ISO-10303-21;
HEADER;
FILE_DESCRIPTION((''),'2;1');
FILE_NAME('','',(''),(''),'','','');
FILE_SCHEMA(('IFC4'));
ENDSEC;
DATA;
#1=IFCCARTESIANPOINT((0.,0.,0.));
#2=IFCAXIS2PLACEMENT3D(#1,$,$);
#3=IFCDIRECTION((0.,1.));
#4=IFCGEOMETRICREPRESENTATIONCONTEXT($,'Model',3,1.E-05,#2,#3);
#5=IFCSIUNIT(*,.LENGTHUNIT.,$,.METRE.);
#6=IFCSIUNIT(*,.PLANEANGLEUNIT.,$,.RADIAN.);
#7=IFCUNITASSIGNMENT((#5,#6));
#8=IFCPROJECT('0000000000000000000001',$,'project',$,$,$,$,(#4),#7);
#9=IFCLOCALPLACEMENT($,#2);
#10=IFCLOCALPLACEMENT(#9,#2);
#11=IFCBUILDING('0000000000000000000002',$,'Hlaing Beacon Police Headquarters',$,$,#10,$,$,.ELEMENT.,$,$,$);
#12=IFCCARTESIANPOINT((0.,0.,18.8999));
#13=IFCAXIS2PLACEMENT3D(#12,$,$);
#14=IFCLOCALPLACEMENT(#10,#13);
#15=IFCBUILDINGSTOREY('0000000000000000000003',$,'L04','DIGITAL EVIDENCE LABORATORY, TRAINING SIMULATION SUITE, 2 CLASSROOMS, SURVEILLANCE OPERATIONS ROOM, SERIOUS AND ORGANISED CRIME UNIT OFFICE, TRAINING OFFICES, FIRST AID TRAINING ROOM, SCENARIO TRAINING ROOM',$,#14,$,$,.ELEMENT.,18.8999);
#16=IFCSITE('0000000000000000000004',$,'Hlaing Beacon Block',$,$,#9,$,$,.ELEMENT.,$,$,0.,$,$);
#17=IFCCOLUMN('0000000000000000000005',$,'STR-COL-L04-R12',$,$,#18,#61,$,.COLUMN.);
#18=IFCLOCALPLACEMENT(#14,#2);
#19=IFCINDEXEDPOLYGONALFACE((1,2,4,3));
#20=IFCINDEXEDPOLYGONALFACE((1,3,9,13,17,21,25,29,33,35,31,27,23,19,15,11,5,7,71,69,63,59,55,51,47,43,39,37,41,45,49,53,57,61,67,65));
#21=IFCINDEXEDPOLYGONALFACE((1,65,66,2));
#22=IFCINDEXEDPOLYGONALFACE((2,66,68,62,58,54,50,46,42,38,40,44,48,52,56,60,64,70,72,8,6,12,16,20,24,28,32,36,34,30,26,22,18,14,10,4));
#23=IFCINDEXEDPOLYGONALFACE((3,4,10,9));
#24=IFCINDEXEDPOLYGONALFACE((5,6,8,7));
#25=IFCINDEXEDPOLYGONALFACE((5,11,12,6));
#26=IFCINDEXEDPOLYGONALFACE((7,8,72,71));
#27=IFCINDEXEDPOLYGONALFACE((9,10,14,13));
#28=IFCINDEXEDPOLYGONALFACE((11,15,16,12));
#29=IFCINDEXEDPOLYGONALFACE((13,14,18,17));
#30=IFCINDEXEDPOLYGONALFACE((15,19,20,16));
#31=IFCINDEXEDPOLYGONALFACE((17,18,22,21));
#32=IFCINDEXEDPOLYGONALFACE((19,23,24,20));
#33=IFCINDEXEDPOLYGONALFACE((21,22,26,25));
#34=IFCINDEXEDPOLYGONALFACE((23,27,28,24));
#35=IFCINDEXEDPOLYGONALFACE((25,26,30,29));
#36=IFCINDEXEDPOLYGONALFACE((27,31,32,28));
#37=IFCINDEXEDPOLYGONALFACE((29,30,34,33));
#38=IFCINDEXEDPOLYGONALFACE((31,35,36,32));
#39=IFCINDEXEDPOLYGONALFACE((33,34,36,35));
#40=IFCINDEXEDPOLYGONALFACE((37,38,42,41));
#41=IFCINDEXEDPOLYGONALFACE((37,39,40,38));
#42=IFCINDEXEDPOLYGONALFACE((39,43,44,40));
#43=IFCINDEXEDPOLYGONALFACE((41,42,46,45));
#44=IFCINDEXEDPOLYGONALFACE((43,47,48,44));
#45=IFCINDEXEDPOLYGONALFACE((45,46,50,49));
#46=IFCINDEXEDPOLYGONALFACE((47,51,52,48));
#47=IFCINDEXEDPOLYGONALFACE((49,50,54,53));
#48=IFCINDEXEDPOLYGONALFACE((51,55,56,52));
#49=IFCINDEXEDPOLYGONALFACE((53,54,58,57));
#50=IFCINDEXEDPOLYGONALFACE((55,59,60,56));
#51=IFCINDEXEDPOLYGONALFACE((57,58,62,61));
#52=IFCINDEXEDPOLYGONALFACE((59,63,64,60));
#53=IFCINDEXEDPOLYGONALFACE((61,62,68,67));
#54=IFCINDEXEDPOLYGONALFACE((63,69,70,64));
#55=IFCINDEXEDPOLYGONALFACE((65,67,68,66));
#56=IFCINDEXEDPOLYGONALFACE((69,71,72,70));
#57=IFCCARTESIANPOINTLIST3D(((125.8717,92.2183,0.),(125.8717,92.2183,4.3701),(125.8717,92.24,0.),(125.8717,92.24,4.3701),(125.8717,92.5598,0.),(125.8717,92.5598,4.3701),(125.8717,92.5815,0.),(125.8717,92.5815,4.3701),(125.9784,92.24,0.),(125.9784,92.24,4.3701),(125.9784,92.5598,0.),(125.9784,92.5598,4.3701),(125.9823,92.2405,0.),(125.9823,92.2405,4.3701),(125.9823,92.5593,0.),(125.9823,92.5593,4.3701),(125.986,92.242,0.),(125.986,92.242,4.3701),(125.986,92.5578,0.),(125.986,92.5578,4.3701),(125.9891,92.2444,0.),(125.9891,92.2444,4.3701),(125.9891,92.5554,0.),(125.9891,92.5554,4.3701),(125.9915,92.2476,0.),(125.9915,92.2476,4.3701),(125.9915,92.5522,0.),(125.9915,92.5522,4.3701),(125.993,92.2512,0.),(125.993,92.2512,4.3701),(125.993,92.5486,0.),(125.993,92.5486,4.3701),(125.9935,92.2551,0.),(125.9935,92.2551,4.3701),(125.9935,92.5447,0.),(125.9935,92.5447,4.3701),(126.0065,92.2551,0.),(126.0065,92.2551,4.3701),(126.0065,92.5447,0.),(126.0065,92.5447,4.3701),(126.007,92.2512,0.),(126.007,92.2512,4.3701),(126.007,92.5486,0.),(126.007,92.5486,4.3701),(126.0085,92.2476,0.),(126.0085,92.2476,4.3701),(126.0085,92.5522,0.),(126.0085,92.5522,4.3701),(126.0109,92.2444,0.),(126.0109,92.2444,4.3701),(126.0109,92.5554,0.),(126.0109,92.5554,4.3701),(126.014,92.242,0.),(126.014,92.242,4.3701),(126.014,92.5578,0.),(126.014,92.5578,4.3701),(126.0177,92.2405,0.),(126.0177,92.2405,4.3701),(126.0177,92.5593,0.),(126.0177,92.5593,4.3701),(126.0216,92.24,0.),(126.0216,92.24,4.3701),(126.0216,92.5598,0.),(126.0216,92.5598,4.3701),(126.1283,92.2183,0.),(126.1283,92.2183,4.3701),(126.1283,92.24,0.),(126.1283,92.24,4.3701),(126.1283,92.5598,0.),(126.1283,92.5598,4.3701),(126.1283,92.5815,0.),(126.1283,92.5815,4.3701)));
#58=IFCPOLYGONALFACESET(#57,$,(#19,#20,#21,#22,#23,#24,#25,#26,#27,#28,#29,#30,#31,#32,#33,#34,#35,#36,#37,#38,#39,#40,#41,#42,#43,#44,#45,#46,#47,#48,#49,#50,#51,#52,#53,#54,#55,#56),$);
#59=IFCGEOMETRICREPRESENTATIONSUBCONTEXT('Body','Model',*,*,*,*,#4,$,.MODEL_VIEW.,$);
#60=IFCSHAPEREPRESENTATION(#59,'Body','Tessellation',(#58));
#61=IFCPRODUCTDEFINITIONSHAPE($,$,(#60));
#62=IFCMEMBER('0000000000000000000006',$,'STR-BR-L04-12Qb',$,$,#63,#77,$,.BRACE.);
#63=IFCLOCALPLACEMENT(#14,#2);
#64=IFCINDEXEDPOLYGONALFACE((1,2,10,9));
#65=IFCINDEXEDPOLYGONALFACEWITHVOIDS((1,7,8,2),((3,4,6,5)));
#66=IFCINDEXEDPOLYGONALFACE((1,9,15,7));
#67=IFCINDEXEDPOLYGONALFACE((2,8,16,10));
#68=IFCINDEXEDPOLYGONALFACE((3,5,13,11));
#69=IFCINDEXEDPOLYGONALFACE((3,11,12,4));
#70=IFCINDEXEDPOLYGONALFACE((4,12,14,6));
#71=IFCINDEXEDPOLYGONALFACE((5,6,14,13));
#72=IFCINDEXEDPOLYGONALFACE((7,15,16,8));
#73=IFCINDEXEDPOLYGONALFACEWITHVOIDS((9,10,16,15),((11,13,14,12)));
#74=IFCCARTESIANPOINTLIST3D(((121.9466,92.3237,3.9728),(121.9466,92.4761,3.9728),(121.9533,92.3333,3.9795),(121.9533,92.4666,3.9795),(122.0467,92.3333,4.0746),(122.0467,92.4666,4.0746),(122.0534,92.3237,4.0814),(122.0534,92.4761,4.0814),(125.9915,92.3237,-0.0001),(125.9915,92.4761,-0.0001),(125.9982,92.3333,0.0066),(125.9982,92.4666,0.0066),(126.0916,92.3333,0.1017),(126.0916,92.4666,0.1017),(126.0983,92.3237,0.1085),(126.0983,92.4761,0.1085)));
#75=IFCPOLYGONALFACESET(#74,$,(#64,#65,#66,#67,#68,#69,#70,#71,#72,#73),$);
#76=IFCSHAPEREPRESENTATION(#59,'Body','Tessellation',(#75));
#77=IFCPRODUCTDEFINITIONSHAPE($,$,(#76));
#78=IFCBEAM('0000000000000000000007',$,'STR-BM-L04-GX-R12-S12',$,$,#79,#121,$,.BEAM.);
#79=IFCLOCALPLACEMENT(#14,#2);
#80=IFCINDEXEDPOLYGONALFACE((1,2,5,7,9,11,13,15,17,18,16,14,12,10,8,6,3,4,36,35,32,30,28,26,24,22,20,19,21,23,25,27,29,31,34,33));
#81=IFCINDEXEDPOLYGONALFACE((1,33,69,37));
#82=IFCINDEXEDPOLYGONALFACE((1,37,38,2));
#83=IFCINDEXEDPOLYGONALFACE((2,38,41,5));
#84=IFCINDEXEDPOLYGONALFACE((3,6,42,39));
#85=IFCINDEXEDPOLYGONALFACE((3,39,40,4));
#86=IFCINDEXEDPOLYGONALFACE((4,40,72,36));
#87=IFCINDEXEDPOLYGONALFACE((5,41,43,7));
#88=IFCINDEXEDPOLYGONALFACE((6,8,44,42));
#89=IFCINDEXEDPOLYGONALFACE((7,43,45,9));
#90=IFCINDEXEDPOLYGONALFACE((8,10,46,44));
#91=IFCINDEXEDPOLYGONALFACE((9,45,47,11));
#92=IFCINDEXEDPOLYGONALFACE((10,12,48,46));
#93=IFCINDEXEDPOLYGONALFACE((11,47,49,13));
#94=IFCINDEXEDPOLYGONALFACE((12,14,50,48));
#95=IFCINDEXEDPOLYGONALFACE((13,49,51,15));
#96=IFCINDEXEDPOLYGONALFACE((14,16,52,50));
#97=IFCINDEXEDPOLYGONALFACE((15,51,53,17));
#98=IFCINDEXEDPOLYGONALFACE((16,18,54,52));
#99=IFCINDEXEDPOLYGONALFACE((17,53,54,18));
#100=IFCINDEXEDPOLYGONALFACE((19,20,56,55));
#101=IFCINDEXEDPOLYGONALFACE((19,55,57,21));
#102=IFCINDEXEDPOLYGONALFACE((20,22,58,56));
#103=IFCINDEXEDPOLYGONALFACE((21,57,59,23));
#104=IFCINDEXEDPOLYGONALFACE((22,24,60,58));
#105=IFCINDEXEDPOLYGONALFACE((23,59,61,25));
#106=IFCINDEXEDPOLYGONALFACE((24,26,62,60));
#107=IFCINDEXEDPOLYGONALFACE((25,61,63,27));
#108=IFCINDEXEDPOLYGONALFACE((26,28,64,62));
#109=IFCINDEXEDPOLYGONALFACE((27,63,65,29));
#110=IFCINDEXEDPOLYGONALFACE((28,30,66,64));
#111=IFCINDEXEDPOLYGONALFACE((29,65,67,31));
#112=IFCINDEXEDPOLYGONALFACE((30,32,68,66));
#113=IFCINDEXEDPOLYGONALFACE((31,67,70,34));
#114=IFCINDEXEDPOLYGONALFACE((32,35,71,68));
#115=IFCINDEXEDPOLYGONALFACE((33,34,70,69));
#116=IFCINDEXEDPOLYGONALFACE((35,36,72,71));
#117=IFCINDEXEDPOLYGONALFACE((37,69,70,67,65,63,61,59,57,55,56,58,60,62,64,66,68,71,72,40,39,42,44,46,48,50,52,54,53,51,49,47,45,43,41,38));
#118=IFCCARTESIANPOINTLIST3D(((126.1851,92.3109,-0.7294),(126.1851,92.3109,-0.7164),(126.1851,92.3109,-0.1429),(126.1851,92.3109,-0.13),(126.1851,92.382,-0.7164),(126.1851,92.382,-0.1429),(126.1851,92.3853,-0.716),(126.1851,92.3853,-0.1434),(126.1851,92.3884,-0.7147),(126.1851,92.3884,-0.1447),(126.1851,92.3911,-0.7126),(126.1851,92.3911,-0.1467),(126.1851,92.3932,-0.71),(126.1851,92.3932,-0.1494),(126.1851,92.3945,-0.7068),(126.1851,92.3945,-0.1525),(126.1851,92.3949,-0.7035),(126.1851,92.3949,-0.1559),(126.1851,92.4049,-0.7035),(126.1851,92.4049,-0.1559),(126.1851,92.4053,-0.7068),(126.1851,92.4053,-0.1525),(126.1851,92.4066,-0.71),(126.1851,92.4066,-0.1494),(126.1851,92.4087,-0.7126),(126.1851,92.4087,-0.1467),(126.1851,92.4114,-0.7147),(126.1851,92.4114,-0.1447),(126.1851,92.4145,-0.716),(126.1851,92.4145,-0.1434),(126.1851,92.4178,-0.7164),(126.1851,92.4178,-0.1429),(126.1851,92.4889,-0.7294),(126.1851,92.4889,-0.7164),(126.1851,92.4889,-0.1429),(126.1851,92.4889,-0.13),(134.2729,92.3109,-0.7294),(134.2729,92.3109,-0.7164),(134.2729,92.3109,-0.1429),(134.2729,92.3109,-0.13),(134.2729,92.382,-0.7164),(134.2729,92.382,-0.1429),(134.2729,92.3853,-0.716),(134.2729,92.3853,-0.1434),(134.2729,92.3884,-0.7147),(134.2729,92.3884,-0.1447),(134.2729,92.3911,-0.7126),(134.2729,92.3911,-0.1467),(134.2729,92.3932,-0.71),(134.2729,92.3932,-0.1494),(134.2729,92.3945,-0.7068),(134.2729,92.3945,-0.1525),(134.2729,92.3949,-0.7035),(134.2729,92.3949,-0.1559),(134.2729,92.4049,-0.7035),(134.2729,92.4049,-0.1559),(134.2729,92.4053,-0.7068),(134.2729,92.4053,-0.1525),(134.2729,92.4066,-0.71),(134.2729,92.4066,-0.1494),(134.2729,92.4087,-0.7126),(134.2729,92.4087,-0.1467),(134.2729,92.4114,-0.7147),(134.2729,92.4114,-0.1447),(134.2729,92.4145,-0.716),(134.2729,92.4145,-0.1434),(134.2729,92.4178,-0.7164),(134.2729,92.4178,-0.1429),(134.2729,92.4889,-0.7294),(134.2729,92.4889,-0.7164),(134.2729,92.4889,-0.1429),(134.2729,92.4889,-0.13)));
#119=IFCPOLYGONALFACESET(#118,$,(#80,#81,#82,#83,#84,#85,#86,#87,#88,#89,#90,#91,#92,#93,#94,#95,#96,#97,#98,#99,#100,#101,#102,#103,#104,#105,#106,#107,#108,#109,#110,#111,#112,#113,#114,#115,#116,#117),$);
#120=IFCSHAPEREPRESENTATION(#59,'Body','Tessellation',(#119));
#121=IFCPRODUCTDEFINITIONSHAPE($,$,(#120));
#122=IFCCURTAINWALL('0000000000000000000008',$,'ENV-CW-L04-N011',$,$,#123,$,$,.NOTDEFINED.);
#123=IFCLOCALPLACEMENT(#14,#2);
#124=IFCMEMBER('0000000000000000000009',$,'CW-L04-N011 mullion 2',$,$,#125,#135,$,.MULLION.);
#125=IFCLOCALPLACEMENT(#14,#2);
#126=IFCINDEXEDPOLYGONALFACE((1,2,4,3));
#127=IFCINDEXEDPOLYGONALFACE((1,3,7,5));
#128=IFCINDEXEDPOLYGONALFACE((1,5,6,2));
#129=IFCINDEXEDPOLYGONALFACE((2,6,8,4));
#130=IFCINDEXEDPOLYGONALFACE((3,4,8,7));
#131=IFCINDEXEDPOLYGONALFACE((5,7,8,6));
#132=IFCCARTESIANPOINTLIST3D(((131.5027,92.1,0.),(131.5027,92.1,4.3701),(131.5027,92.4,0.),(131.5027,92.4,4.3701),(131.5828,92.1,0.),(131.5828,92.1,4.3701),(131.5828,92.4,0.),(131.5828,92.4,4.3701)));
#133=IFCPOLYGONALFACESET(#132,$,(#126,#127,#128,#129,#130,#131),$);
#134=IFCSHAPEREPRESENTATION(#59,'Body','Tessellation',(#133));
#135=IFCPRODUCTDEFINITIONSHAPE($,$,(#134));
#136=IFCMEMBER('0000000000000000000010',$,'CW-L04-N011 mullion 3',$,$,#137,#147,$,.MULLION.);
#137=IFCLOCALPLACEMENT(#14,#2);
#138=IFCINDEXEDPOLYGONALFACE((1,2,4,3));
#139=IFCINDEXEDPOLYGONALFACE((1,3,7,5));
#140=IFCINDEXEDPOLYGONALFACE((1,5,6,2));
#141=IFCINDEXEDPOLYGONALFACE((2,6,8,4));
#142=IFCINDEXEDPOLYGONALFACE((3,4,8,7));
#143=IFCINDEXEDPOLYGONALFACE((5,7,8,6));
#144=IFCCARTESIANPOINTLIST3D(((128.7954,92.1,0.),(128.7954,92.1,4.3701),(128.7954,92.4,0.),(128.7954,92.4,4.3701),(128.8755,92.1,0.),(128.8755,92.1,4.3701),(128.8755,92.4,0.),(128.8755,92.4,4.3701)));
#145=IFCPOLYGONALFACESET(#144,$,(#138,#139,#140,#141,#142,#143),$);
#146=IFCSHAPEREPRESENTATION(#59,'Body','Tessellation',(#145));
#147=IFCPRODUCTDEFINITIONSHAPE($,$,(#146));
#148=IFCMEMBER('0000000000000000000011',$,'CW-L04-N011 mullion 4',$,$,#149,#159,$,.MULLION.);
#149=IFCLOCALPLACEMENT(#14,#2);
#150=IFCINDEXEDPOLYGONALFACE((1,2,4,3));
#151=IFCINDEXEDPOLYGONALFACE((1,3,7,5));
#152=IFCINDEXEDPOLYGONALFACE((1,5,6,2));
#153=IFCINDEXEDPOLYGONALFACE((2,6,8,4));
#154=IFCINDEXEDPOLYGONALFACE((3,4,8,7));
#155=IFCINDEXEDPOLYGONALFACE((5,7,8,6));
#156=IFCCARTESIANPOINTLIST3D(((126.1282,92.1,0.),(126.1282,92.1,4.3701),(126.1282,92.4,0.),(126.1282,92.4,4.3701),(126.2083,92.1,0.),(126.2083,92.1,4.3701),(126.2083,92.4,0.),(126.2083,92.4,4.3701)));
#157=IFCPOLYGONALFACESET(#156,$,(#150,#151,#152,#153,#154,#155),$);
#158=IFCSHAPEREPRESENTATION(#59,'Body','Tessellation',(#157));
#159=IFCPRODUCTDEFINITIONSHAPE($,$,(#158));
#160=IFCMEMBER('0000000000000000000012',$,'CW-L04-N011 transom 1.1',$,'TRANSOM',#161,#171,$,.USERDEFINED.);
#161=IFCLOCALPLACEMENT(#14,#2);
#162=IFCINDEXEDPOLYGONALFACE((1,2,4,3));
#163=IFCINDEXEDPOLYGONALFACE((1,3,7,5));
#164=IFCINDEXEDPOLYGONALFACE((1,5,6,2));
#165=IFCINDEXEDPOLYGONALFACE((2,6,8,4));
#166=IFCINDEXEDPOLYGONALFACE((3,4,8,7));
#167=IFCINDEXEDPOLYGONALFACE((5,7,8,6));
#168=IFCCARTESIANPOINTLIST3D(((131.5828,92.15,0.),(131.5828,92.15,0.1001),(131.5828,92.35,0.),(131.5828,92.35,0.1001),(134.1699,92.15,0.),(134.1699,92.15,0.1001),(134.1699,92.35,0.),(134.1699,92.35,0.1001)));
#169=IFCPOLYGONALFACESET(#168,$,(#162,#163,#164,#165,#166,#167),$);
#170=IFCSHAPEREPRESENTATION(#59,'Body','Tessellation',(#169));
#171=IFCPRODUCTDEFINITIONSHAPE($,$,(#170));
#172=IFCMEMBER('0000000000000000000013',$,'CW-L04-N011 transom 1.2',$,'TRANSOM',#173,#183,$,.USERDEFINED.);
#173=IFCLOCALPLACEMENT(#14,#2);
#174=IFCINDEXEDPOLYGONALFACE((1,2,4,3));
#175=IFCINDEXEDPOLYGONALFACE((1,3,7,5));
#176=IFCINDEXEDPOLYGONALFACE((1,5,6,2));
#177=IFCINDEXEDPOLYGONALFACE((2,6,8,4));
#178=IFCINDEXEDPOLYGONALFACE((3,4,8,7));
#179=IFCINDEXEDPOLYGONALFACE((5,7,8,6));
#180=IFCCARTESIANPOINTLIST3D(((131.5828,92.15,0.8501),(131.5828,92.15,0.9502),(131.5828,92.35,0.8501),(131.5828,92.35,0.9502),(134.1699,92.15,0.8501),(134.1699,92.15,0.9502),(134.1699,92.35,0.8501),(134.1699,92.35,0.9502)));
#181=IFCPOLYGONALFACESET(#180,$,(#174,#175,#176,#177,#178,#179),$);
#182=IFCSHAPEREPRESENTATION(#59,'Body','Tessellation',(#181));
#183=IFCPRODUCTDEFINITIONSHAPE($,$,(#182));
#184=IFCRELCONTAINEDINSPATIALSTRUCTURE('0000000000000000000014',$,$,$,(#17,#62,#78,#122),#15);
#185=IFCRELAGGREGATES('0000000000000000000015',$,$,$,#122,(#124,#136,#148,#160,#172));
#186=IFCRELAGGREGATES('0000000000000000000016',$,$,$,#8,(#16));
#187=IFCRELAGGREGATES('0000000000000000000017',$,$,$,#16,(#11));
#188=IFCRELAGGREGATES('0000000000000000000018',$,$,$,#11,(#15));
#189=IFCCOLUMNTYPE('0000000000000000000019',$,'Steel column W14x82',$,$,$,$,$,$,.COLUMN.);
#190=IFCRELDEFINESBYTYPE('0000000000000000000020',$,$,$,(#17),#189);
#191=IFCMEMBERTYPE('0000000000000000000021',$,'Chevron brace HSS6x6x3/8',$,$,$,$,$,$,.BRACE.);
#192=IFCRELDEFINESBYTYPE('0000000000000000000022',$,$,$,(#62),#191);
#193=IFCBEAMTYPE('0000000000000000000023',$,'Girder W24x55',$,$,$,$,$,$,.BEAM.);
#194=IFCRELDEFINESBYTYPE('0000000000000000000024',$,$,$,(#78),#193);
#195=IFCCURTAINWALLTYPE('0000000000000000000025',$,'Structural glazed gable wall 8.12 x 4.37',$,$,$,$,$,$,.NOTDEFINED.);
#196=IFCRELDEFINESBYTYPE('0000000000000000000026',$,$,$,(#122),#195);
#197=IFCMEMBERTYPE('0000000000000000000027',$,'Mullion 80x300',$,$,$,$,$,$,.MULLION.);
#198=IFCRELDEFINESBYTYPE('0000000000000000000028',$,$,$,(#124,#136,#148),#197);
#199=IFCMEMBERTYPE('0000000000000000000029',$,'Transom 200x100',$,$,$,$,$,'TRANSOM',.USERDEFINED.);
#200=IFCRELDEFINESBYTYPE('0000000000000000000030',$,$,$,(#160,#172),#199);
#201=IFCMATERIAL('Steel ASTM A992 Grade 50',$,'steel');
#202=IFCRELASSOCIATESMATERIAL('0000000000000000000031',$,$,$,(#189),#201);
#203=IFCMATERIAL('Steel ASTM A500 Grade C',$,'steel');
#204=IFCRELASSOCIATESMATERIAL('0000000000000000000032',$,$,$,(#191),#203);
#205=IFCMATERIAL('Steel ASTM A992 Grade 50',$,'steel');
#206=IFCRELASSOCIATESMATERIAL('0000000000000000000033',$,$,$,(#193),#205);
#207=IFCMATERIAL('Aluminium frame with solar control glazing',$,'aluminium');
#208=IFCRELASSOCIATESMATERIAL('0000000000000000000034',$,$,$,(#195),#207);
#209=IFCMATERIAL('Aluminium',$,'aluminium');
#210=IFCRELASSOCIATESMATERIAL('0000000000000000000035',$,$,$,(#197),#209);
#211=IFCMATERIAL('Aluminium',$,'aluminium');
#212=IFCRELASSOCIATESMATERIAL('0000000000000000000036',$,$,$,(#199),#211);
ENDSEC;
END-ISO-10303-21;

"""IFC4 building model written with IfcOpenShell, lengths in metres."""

from ifc_helpers import new_model, si_unit, direction, frame, origin, origin_2d, place, context, subcontext, project, spatial, rectangle, hollow_rectangle, i_section, extrude, material, material_profile, profile_set, type_object, element, aggregate, save


model = new_model("IFC4")

# Units and contexts
model_context = context("Model", 3, precision=1e-05, world=origin(), true_north=direction((0.0, 1.0)))
body_context = subcontext(model_context, "Body", "Model", "MODEL_VIEW")
ifc_project = project(units=[si_unit("LENGTHUNIT", "METRE"), si_unit("PLANEANGLEUNIT", "RADIAN")], contexts=[model_context])

# Site, building, storey
site_placement = place(None, origin())
site = spatial("IfcSite", under=ifc_project, at=site_placement, Name="Hlaing Beacon Block", CompositionType="ELEMENT", RefElevation=0.0)
building_placement = place(site_placement, origin())
building = spatial("IfcBuilding", under=site, at=building_placement, Name="Hlaing Beacon Police Headquarters", CompositionType="ELEMENT")
storey_placement = place(building_placement, frame((0.0, 0.0, 18.8999)))
storey = spatial("IfcBuildingStorey", under=building, at=storey_placement, Name="L04", Description="DIGITAL EVIDENCE LABORATORY, TRAINING SIMULATION SUITE, 2 CLASSROOMS, SURVEILLANCE OPERATIONS ROOM, SERIOUS AND ORGANISED CRIME UNIT OFFICE, TRAINING OFFICES, FIRST AID TRAINING ROOM, SCENARIO TRAINING ROOM", CompositionType="ELEMENT", Elevation=18.8999)

# Column
ifc_material_1 = material(Name="Steel ASTM A992 Grade 50", Category="steel")
ifc_material_profile_1 = material_profile(ifc_material_1, i_section(OverallWidth=0.2566, OverallDepth=0.3633, WebThickness=0.0129, FlangeThickness=0.0217, FilletRadius=0.0151, at=origin_2d()), Name="W14x82")
ifc_profile_set_1 = profile_set([ifc_material_profile_1], Name="Steel ASTM A992 Grade 50")
column_type = type_object("IfcColumnType", Name="Steel column W14x82", PredefinedType="COLUMN", material=ifc_profile_set_1)
column_placement = place(storey_placement, frame((126.0, 92.3999, 0.0), z_axis=(0.0, 0.0, 1.0), x_axis=(1.0, 0.0, 0.0)))
element("IfcColumn", 1, at=column_placement, inside=storey, type_object=column_type, Name="STR-COL-L04-R12", PredefinedType="COLUMN", context=body_context, shape_type="SweptSolid", body=[
    extrude(i_section(OverallWidth=0.2566, OverallDepth=0.3633, WebThickness=0.0129, FlangeThickness=0.0217, FilletRadius=0.0151, at=origin_2d()), origin(), (0.0, 0.0, 1.0), 4.3701),
])

# Member
ifc_material_2 = material(Name="Steel ASTM A500 Grade C", Category="steel")
ifc_material_profile_2 = material_profile(ifc_material_2, hollow_rectangle(XDim=0.1523, YDim=0.1523, WallThickness=0.0095, at=origin_2d()), Name="HSS6x6x3/8")
ifc_profile_set_2 = profile_set([ifc_material_profile_2], Name="Steel ASTM A500 Grade C")
member_type_1 = type_object("IfcMemberType", Name="Chevron brace HSS6x6x3/8", PredefinedType="BRACE", material=ifc_profile_set_2)
member_1_placement = place(storey_placement, frame((126.0449, 92.3999, 0.0542), z_axis=(-0.71343, 0.0, 0.700727), x_axis=(0.0, -1.0, 0.0)))
element("IfcMember", 2, at=member_1_placement, inside=storey, type_object=member_type_1, Name="STR-BR-L04-12Qb", PredefinedType="BRACE", context=body_context, shape_type="SweptSolid", body=[
    extrude(hollow_rectangle(XDim=0.1523, YDim=0.1523, WallThickness=0.0095, at=origin_2d()), origin(), (0.0, 0.0, 1.0), 5.6697),
])

# Beam
ifc_material_3 = material(Name="Steel ASTM A992 Grade 50", Category="steel")
ifc_material_profile_3 = material_profile(ifc_material_3, i_section(OverallWidth=0.178, OverallDepth=0.5994, WebThickness=0.01, FlangeThickness=0.0129, FilletRadius=0.0129, at=origin_2d()), Name="W24x55")
ifc_profile_set_3 = profile_set([ifc_material_profile_3], Name="Steel ASTM A992 Grade 50")
beam_type = type_object("IfcBeamType", Name="Girder W24x55", PredefinedType="BEAM", material=ifc_profile_set_3)
beam_placement = place(storey_placement, frame((126.1851, 92.3999, -0.4297), z_axis=(1.0, 0.0, 0.0), x_axis=(0.0, 1.0, 0.0)))
element("IfcBeam", 3, at=beam_placement, inside=storey, type_object=beam_type, Name="STR-BM-L04-GX-R12-S12", PredefinedType="BEAM", context=body_context, shape_type="SweptSolid", body=[
    extrude(i_section(OverallWidth=0.178, OverallDepth=0.5994, WebThickness=0.01, FlangeThickness=0.0129, FilletRadius=0.0129, at=origin_2d()), origin(), (0.0, 0.0, 1.0), 8.0879),
])

# Curtain wall, members
ifc_material_4 = material(Name="Aluminium frame with solar control glazing", Category="aluminium")
curtain_wall_type = type_object("IfcCurtainWallType", Name="Structural glazed gable wall 8.12 x 4.37", PredefinedType="NOTDEFINED", material=ifc_material_4)
curtain_wall_placement = place(storey_placement, origin())
curtain_wall = element("IfcCurtainWall", 4, at=curtain_wall_placement, inside=storey, type_object=curtain_wall_type, Name="ENV-CW-L04-N011", PredefinedType="NOTDEFINED")
ifc_material_5 = material(Name="Aluminium", Category="aluminium")
ifc_material_profile_4 = material_profile(ifc_material_5, rectangle(XDim=0.3, YDim=0.0801, at=origin_2d()), Name="Mullion 80x300")
ifc_profile_set_4 = profile_set([ifc_material_profile_4], Name="Aluminium")
member_type_2 = type_object("IfcMemberType", Name="Mullion 80x300", PredefinedType="MULLION", material=ifc_profile_set_4)
member_2_placement = place(storey_placement, frame((131.5427, 92.25, 0.0), z_axis=(0.0, 0.0, 1.0), x_axis=(0.0, -1.0, 0.0)))
member_2 = element("IfcMember", 5, at=member_2_placement, type_object=member_type_2, Name="CW-L04-N011 mullion 2", PredefinedType="MULLION", context=body_context, shape_type="SweptSolid", body=[
    extrude(rectangle(XDim=0.3, YDim=0.0801, at=origin_2d()), origin(), (0.0, 0.0, 1.0), 4.3701),
])
member_3_placement = place(storey_placement, frame((128.8354, 92.25, 0.0), z_axis=(0.0, 0.0, 1.0), x_axis=(0.0, -1.0, 0.0)))
member_3 = element("IfcMember", 6, at=member_3_placement, type_object=member_type_2, Name="CW-L04-N011 mullion 3", PredefinedType="MULLION", context=body_context, shape_type="SweptSolid", body=[
    extrude(rectangle(XDim=0.3, YDim=0.0801, at=origin_2d()), origin(), (0.0, 0.0, 1.0), 4.3701),
])
member_4_placement = place(storey_placement, frame((126.1682, 92.25, 0.0), z_axis=(0.0, 0.0, 1.0), x_axis=(0.0, -1.0, 0.0)))
member_4 = element("IfcMember", 7, at=member_4_placement, type_object=member_type_2, Name="CW-L04-N011 mullion 4", PredefinedType="MULLION", context=body_context, shape_type="SweptSolid", body=[
    extrude(rectangle(XDim=0.3, YDim=0.0801, at=origin_2d()), origin(), (0.0, 0.0, 1.0), 4.3701),
])
ifc_material_6 = material(Name="Aluminium", Category="aluminium")
ifc_material_profile_5 = material_profile(ifc_material_6, rectangle(XDim=0.2, YDim=0.1001, at=origin_2d()), Name="Transom 200x100")
ifc_profile_set_5 = profile_set([ifc_material_profile_5], Name="Aluminium")
member_type_3 = type_object("IfcMemberType", Name="Transom 200x100", ElementType="TRANSOM", PredefinedType="USERDEFINED", material=ifc_profile_set_5)
member_5_placement = place(storey_placement, frame((134.1699, 92.25, 0.05), z_axis=(-1.0, 0.0, 0.0), x_axis=(0.0, -1.0, 0.0)))
member_5 = element("IfcMember", 8, at=member_5_placement, type_object=member_type_3, Name="CW-L04-N011 transom 1.1", ObjectType="TRANSOM", PredefinedType="USERDEFINED", context=body_context, shape_type="SweptSolid", body=[
    extrude(rectangle(XDim=0.2, YDim=0.1001, at=origin_2d()), origin(), (0.0, 0.0, 1.0), 2.5872),
])
member_6_placement = place(storey_placement, frame((134.1699, 92.25, 0.9001), z_axis=(-1.0, 0.0, 0.0), x_axis=(0.0, -1.0, 0.0)))
member_6 = element("IfcMember", 9, at=member_6_placement, type_object=member_type_3, Name="CW-L04-N011 transom 1.2", ObjectType="TRANSOM", PredefinedType="USERDEFINED", context=body_context, shape_type="SweptSolid", body=[
    extrude(rectangle(XDim=0.2, YDim=0.1001, at=origin_2d()), origin(), (0.0, 0.0, 1.0), 2.5872),
])
aggregate(curtain_wall, [member_2, member_3, member_4, member_5, member_6])

save(model, "model.ifc")
